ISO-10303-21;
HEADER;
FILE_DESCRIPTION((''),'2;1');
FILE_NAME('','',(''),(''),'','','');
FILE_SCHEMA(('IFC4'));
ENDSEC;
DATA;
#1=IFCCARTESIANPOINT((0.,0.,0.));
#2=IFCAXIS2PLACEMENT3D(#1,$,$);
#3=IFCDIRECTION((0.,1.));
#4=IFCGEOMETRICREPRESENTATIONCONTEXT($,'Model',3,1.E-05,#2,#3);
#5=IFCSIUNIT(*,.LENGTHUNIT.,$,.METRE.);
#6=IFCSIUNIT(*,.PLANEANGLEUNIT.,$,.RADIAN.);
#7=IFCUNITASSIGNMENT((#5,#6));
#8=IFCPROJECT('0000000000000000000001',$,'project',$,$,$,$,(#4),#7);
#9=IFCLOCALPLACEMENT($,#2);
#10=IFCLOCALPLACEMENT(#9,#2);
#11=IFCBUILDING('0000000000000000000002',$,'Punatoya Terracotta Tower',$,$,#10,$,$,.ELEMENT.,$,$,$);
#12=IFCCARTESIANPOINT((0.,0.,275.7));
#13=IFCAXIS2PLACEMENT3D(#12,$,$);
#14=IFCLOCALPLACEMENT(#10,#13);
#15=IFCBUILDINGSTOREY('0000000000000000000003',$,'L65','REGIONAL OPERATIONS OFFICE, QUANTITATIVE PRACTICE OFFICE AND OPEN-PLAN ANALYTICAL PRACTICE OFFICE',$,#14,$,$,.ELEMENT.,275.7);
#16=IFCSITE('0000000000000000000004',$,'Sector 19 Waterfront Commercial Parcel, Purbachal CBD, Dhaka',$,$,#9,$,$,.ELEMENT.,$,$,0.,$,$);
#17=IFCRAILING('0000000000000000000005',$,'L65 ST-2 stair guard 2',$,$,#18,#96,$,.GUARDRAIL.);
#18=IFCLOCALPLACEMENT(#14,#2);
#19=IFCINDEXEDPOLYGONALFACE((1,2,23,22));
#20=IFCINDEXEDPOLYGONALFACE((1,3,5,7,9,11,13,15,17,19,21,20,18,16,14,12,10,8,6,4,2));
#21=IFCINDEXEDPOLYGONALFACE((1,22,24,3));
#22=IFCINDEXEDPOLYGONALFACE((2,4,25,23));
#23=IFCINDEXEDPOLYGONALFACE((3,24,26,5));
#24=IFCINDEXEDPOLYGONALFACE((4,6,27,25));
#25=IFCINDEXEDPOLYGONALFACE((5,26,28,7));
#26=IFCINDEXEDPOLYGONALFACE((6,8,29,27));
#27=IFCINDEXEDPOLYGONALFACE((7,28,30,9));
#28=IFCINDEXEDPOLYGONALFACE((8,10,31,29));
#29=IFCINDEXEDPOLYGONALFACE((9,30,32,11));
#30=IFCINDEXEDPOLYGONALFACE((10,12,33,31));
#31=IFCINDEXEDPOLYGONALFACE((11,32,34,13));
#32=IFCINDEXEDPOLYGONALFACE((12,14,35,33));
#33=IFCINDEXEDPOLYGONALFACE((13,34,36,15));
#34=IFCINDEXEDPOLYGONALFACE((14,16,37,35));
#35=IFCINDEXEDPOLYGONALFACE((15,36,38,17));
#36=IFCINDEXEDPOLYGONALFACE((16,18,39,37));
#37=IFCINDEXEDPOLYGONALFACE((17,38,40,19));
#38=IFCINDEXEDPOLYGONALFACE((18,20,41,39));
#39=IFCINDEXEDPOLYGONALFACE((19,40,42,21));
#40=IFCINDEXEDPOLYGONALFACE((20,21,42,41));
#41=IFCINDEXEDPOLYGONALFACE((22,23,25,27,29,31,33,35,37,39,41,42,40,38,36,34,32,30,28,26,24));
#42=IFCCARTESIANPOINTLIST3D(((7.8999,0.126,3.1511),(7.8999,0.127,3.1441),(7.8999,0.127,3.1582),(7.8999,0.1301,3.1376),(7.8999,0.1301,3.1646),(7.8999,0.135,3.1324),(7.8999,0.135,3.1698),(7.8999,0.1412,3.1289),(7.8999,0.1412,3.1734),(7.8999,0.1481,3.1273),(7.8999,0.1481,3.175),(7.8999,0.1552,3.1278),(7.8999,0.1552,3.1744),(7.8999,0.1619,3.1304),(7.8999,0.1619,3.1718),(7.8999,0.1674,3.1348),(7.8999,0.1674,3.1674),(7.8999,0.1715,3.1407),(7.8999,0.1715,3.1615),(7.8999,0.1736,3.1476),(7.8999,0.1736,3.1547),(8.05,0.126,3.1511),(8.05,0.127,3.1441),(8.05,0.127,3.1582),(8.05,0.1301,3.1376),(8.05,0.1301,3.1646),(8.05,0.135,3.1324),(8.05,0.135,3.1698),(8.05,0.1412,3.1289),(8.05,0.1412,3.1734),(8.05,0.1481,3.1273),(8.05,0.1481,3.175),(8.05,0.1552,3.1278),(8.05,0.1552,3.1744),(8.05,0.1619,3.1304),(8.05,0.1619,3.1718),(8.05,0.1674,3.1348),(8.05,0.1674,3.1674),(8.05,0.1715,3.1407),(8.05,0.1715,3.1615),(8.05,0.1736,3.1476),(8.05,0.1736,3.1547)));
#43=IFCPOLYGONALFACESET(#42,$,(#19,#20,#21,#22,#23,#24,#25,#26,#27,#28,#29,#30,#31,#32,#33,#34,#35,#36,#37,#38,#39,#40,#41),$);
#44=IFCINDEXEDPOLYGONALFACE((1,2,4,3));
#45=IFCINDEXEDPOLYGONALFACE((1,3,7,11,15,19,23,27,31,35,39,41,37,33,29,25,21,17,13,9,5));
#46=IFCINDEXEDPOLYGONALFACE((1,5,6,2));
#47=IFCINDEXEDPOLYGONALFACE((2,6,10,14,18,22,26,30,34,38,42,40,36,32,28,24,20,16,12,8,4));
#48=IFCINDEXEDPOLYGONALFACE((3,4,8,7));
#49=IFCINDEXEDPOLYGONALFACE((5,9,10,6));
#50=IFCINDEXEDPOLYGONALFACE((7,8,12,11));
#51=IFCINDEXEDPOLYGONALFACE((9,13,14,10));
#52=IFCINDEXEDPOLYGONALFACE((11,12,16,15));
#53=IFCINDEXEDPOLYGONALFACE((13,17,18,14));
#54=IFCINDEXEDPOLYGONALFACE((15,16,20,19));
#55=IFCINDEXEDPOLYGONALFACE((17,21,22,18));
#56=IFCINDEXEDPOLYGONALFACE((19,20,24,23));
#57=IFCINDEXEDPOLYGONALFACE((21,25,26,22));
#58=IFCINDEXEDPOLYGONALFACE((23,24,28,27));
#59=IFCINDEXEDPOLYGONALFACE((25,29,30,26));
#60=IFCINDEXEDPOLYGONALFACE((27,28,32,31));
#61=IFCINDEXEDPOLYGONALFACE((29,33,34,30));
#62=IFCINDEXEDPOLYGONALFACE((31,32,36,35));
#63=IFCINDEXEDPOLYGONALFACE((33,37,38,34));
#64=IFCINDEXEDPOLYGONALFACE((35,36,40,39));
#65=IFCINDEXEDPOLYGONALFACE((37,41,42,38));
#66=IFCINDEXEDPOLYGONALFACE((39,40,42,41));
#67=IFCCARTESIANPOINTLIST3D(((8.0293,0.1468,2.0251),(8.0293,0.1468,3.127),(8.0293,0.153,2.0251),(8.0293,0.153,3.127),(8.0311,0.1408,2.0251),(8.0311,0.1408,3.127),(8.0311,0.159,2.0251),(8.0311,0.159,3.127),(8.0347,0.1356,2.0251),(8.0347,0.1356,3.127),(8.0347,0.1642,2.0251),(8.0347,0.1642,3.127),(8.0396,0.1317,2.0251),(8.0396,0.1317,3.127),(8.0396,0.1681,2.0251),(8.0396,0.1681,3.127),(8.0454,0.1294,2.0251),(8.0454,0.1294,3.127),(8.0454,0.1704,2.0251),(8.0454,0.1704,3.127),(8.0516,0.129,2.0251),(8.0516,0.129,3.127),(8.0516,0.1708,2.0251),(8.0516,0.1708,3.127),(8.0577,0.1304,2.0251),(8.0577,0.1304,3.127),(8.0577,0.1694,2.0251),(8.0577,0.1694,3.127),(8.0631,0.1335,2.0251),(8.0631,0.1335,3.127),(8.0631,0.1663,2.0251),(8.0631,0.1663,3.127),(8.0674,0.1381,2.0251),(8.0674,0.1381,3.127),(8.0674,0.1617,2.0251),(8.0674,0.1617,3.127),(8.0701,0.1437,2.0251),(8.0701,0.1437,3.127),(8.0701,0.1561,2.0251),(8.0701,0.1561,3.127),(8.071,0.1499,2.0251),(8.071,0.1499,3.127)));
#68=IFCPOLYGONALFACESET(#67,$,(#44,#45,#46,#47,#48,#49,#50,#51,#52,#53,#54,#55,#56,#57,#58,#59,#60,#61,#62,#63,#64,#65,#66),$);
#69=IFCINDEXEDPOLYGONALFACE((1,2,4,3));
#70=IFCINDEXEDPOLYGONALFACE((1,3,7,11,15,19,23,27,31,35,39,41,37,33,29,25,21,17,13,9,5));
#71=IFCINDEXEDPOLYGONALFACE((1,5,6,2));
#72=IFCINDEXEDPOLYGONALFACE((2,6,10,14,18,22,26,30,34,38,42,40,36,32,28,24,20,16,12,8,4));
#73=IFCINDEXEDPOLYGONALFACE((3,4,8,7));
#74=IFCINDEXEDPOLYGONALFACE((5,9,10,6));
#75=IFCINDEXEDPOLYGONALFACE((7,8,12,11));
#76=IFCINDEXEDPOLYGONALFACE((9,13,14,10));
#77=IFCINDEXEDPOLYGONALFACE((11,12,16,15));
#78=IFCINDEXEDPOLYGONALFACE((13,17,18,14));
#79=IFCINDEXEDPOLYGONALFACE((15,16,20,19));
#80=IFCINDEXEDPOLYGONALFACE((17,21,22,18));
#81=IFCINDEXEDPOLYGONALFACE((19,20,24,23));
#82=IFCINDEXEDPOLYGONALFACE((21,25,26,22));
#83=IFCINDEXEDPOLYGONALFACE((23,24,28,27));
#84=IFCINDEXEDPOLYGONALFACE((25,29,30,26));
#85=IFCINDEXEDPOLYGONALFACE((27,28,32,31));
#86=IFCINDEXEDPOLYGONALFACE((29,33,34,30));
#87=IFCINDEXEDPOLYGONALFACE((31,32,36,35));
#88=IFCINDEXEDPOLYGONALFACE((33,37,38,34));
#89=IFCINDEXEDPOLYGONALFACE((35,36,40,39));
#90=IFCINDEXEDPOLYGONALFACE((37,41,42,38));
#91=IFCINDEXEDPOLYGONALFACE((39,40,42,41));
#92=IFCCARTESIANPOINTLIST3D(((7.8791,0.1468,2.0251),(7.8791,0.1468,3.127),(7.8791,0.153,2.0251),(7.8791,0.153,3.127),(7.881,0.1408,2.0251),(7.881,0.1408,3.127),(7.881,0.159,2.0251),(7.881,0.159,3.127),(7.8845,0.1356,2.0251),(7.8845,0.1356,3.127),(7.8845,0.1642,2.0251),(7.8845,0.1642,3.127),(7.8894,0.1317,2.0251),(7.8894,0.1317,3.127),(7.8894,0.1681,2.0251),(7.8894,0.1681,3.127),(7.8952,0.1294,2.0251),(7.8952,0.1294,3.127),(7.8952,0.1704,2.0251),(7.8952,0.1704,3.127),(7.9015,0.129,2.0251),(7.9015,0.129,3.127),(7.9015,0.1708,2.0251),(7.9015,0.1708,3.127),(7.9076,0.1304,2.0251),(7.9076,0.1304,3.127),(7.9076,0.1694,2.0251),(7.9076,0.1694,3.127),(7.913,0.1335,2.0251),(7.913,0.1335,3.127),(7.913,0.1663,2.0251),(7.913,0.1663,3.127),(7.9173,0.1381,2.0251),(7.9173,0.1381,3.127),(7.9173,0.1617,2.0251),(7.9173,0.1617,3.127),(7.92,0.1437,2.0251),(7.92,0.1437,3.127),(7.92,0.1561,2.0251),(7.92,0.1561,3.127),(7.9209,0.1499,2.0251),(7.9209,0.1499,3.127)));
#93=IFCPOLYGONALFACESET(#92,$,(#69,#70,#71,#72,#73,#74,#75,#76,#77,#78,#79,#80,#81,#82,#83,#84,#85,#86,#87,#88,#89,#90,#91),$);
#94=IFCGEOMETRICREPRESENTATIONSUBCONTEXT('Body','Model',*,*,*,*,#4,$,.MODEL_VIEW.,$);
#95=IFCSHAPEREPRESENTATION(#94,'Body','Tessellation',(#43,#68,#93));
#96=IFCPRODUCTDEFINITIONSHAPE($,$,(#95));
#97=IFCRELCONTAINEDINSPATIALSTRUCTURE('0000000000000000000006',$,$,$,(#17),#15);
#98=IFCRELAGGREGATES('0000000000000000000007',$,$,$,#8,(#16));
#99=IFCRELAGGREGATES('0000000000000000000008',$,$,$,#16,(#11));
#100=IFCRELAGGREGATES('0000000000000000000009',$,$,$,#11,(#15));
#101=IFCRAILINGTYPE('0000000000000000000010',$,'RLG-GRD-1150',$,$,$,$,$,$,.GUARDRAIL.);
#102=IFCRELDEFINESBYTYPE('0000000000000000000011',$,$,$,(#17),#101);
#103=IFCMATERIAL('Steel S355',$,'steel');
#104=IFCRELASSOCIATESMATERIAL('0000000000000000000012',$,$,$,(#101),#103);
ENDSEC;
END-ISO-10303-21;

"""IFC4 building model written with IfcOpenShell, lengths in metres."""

from ifc_helpers import new_model, si_unit, direction, frame, origin, origin_2d, place, context, subcontext, project, spatial, circle, extrude, material, type_object, element, save


model = new_model("IFC4")

# Units and contexts
model_context = context("Model", 3, precision=1e-05, world=origin(), true_north=direction((0.0, 1.0)))
body_context = subcontext(model_context, "Body", "Model", "MODEL_VIEW")
ifc_project = project(units=[si_unit("LENGTHUNIT", "METRE"), si_unit("PLANEANGLEUNIT", "RADIAN")], contexts=[model_context])

# Site, building, storey
site_placement = place(None, origin())
site = spatial("IfcSite", under=ifc_project, at=site_placement, Name="Sector 19 Waterfront Commercial Parcel, Purbachal CBD, Dhaka", CompositionType="ELEMENT", RefElevation=0.0)
building_placement = place(site_placement, origin())
building = spatial("IfcBuilding", under=site, at=building_placement, Name="Punatoya Terracotta Tower", CompositionType="ELEMENT")
storey_placement = place(building_placement, frame((0.0, 0.0, 275.7)))
storey = spatial("IfcBuildingStorey", under=building, at=storey_placement, Name="L65", Description="REGIONAL OPERATIONS OFFICE, QUANTITATIVE PRACTICE OFFICE AND OPEN-PLAN ANALYTICAL PRACTICE OFFICE", CompositionType="ELEMENT", Elevation=275.7)

# Shared definitions
ifc_material_1 = material(Name="Steel S355", Category="steel")

# Railing
railing_type_1 = type_object("IfcRailingType", Name="RLG-GRD-1150", PredefinedType="GUARDRAIL", material=ifc_material_1)
railing_1_placement = place(storey_placement, frame((8.05, 0.1499, 2.0251)))
element("IfcRailing", 1, at=railing_1_placement, inside=storey, type_object=railing_type_1, Name="L65 ST-2 stair guard 2", PredefinedType="GUARDRAIL", context=body_context, shape_type="SweptSolid", body=[
    extrude(circle(Radius=0.0239, at=origin_2d()), frame((0.0, 0.0, 1.126), z_axis=(-1.0, 0.0, 0.0), x_axis=(0.0, -1.0, 0.0)), (0.0, 0.0, 1.0), 0.1501),
    extrude(circle(Radius=0.021, at=origin_2d()), origin(), (0.0, 0.0, 1.0), 1.1018),
    extrude(circle(Radius=0.021, at=origin_2d()), frame((-0.1501, 0.0, 0.0)), (0.0, 0.0, 1.0), 1.1018),
])

save(model, "model.ifc")
